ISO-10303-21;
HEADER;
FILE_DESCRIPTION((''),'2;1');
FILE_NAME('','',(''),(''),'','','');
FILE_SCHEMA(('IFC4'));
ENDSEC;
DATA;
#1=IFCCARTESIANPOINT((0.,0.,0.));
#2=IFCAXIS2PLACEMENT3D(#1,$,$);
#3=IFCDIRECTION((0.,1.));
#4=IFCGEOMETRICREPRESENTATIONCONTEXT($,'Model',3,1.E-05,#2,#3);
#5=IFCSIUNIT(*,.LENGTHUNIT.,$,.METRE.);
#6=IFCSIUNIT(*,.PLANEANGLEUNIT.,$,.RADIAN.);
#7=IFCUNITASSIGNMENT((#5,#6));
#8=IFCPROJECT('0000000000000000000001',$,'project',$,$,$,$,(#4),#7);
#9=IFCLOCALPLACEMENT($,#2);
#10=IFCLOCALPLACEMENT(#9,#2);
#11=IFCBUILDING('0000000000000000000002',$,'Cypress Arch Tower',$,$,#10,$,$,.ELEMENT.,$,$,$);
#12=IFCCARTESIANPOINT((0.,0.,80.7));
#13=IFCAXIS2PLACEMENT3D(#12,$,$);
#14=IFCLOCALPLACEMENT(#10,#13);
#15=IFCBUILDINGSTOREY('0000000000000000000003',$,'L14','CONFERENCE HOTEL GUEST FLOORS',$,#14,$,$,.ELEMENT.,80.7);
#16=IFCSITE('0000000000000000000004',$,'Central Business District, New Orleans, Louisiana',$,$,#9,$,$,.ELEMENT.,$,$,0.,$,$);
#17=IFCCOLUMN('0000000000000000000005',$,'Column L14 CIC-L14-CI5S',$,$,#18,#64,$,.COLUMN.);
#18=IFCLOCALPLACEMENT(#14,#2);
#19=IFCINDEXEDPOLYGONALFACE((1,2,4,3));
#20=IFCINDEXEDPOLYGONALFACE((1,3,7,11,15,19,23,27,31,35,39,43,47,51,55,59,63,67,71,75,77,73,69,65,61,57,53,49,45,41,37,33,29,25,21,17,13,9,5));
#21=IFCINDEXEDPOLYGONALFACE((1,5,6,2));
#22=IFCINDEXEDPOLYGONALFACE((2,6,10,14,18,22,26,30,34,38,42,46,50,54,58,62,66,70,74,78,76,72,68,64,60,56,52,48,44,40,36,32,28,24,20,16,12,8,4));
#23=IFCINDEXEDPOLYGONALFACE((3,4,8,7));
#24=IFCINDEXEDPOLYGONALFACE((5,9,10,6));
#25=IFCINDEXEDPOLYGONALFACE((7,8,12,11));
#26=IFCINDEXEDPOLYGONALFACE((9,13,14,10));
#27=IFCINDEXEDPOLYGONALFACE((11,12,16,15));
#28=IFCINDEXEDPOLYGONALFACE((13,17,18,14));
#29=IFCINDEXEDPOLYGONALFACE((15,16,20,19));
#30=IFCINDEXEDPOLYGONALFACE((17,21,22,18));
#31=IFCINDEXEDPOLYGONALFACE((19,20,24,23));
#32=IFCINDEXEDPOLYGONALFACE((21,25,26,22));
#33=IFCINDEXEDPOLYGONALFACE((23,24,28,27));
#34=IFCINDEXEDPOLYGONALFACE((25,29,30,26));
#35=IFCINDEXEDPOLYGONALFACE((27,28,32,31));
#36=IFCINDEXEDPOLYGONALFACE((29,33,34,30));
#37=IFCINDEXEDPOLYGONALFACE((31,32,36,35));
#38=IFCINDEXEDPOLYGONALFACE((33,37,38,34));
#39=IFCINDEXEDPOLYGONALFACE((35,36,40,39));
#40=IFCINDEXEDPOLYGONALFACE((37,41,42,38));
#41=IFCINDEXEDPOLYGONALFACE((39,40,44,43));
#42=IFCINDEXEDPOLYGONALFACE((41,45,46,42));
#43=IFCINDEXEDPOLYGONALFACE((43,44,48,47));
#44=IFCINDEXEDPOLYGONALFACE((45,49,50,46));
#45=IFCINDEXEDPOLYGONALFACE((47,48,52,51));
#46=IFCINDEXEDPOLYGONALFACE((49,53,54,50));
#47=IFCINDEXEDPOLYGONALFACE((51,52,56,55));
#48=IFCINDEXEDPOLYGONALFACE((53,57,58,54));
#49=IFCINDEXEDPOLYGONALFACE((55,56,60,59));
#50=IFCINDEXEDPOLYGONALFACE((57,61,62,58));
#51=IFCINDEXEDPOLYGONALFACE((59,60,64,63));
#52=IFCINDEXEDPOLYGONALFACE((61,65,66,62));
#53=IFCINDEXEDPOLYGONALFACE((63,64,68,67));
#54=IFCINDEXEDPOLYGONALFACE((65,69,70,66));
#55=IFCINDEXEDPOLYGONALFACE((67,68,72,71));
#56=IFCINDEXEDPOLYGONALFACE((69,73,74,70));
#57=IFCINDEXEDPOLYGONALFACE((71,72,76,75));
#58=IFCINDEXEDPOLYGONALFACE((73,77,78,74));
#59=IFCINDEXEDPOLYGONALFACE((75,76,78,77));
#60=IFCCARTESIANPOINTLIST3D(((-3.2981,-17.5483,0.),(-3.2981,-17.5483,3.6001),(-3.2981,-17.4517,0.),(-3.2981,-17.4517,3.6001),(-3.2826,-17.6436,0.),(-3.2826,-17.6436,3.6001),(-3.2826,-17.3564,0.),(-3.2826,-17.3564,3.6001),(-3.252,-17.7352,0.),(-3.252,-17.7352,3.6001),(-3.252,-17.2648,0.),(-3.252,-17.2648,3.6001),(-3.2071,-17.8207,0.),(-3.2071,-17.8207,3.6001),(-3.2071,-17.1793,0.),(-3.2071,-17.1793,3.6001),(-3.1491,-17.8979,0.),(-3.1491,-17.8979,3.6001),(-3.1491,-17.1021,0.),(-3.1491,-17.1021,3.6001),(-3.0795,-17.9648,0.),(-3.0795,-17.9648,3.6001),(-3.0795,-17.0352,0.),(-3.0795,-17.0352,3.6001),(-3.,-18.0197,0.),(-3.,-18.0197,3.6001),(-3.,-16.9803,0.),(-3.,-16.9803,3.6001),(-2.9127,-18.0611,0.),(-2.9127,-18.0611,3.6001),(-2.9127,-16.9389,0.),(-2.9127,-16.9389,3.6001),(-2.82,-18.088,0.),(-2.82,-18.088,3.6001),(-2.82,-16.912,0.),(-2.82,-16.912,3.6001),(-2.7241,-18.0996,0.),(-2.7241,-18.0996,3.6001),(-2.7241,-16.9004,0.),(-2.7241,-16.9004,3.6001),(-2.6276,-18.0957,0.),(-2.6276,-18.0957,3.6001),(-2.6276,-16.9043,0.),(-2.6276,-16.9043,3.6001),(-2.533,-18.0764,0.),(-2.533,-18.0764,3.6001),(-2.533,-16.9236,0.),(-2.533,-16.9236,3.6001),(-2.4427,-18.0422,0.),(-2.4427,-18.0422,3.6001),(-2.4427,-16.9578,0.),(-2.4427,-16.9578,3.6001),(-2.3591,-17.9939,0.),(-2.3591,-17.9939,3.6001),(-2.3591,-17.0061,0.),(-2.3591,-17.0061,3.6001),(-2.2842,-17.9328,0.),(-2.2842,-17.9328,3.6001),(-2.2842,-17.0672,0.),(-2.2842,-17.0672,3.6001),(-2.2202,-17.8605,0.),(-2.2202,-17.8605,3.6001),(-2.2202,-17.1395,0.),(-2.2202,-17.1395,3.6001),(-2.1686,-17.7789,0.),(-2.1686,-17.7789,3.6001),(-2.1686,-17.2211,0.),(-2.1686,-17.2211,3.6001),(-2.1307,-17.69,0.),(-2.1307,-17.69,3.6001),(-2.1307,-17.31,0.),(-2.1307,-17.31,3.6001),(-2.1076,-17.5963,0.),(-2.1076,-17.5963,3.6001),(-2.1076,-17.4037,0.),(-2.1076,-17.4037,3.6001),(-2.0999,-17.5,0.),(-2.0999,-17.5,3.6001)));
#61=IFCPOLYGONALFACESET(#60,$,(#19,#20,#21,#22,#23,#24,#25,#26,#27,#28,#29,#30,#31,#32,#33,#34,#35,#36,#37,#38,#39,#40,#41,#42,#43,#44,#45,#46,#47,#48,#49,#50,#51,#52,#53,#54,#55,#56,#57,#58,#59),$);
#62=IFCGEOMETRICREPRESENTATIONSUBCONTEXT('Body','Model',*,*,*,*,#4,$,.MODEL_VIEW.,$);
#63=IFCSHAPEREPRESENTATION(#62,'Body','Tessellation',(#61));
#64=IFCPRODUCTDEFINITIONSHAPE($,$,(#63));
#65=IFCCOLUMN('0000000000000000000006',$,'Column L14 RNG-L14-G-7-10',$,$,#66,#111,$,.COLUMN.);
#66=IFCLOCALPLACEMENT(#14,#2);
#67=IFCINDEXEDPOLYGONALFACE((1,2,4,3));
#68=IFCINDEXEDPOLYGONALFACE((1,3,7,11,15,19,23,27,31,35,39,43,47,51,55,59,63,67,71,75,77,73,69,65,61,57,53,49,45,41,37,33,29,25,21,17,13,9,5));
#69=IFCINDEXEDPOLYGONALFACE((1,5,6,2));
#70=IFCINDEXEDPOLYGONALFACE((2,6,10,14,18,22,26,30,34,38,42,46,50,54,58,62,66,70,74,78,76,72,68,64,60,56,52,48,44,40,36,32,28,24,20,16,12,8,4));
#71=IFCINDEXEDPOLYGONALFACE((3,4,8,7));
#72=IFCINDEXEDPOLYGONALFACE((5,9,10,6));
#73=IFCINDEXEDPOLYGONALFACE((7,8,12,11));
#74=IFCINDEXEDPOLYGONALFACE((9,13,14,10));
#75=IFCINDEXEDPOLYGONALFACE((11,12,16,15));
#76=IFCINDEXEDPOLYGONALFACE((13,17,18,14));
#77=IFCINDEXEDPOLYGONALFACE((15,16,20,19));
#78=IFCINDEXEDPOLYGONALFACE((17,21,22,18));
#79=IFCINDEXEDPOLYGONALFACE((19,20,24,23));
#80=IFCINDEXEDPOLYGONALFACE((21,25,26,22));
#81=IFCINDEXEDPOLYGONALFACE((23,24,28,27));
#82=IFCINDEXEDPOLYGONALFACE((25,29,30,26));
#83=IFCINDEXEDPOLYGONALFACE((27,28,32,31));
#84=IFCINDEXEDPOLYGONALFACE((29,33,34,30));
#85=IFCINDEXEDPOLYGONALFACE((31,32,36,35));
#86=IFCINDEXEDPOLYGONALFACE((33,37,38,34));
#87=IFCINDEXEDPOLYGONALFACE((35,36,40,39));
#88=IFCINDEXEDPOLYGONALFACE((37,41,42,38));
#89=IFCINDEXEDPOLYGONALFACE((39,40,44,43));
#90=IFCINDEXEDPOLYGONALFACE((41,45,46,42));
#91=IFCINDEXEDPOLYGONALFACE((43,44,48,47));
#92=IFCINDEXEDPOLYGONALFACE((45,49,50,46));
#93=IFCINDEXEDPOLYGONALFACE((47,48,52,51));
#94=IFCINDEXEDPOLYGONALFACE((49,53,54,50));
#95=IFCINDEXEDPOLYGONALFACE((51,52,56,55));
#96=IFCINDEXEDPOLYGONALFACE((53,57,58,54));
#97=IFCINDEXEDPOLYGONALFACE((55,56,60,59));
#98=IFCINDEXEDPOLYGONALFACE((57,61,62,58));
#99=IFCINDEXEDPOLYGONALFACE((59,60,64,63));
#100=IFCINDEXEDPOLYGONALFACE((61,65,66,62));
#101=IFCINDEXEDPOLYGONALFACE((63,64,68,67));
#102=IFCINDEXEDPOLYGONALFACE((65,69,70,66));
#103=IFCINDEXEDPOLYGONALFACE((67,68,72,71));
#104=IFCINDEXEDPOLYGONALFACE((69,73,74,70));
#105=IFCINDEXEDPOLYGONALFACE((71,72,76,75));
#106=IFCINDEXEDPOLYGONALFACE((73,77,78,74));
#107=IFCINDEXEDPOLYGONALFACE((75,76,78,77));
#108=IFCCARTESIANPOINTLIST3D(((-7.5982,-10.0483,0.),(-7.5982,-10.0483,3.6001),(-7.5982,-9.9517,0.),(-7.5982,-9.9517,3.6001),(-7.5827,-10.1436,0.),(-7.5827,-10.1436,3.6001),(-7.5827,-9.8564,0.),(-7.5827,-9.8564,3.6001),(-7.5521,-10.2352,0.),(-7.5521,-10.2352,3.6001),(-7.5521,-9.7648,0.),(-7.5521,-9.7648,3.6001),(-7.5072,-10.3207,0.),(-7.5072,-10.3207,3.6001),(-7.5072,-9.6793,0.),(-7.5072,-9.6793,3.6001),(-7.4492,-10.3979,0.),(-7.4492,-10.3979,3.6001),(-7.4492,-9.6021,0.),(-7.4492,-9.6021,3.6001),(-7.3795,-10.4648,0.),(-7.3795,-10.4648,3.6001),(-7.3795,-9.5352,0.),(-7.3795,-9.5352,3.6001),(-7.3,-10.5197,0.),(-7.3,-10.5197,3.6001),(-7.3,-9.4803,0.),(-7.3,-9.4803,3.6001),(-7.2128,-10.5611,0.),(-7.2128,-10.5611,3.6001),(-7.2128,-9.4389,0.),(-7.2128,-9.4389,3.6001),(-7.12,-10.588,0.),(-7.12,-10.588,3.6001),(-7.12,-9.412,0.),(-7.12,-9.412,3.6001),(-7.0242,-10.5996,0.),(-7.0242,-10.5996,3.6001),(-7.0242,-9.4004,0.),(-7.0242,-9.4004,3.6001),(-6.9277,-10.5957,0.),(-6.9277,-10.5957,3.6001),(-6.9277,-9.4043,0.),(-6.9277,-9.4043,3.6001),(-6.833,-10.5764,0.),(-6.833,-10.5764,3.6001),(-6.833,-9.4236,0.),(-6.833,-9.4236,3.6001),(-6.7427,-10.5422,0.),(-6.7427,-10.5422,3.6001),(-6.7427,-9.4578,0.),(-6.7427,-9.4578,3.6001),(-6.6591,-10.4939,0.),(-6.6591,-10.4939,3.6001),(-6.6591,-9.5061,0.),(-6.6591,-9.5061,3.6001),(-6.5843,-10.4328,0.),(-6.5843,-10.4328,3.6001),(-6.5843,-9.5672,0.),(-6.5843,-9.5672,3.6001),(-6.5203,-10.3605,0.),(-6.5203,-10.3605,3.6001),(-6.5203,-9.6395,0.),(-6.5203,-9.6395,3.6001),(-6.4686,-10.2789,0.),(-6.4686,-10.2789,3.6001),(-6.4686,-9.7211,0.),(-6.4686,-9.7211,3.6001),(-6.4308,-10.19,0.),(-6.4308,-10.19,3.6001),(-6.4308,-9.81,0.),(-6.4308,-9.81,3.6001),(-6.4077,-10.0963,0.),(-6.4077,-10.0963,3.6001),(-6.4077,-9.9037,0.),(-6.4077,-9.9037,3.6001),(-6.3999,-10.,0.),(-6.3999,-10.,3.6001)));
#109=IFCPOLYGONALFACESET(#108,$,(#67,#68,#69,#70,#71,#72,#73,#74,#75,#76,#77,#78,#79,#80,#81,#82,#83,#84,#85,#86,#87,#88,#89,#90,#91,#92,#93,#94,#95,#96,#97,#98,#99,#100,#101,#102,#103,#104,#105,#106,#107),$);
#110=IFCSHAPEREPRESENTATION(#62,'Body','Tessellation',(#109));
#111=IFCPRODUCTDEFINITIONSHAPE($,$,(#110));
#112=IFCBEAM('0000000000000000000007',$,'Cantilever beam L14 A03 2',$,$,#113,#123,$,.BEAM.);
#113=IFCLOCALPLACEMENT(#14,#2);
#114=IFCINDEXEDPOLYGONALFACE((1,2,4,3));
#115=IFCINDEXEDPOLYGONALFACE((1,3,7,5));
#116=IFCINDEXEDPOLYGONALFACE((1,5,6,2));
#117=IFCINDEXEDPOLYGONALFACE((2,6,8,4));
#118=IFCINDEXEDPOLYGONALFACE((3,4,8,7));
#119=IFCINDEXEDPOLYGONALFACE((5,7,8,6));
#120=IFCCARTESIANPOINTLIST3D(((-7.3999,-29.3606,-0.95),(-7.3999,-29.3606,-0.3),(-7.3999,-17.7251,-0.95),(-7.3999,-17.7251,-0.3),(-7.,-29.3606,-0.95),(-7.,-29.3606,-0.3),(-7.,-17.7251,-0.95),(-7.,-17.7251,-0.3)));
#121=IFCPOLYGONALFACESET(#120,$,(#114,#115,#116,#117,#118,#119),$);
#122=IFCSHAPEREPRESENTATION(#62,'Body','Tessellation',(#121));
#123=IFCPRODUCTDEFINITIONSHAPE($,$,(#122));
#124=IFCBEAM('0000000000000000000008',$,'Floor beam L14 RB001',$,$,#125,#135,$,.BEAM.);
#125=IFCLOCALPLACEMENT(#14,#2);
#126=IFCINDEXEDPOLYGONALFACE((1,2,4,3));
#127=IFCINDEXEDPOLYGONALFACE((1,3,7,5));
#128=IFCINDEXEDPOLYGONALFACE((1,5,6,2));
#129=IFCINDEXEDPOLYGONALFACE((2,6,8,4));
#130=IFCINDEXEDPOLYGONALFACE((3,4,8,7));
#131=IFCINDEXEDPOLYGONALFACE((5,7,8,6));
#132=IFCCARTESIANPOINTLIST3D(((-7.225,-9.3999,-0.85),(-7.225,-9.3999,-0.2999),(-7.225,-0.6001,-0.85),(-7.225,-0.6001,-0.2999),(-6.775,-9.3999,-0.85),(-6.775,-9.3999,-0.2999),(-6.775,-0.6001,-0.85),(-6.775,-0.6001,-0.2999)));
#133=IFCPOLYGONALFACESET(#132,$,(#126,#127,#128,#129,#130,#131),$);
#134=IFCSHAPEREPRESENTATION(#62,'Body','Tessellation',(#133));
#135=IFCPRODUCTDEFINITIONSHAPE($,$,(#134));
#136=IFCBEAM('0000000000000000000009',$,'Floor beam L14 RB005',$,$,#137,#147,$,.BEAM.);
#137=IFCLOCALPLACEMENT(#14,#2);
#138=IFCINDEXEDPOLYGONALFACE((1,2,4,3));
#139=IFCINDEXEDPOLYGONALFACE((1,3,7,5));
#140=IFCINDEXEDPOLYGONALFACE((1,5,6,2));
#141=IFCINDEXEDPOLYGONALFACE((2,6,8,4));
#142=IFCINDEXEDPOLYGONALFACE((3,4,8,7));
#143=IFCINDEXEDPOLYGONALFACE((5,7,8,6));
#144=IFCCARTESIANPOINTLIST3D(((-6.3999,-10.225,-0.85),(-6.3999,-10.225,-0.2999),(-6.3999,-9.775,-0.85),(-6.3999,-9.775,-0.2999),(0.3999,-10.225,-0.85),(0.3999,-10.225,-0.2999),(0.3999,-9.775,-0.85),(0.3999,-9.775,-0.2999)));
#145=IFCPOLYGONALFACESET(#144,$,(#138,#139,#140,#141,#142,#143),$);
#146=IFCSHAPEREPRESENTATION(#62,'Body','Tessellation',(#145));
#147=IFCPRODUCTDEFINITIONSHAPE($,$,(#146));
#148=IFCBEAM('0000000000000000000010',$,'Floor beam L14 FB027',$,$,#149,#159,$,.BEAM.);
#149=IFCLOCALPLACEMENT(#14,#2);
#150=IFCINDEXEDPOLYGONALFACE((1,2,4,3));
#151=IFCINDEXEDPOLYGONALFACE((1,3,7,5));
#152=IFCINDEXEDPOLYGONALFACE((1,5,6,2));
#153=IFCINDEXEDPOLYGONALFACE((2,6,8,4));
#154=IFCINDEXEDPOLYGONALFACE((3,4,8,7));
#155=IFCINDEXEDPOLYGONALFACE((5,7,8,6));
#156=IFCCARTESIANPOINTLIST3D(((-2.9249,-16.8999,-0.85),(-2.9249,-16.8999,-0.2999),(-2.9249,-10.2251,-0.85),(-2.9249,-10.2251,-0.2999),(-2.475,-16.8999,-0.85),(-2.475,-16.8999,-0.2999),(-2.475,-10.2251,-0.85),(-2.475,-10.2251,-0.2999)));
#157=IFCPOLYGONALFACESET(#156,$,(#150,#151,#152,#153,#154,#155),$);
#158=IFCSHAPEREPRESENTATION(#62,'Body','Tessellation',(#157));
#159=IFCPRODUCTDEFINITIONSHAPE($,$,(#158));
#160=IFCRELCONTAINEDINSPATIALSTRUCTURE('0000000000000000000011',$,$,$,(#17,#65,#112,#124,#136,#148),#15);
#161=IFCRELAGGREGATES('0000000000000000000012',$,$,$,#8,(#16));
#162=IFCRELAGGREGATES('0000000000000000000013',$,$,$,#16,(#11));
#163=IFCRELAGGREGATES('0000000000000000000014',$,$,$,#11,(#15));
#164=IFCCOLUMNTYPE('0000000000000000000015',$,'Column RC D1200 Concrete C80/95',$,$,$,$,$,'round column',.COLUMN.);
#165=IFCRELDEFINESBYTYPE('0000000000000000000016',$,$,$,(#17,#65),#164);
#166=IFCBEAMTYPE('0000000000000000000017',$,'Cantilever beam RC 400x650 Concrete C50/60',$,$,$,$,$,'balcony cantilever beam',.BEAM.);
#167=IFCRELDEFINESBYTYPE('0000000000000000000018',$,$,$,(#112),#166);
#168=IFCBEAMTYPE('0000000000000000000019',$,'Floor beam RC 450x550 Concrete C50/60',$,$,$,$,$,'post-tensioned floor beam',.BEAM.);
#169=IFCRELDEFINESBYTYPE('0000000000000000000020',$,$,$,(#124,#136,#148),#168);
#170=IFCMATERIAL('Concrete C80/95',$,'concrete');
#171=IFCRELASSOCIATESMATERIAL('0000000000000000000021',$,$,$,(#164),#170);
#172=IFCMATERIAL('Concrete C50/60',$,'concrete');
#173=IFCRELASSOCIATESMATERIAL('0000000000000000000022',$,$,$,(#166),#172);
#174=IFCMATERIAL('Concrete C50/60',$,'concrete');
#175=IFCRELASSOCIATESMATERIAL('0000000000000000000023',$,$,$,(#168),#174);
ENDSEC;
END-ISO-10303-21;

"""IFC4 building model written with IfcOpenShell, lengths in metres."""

from ifc_helpers import new_model, si_unit, direction, frame, origin, origin_2d, place, context, subcontext, project, spatial, rectangle, circle, extrude, material, material_profile, profile_set, type_object, element, save


model = new_model("IFC4")

# Units and contexts
model_context = context("Model", 3, precision=1e-05, world=origin(), true_north=direction((0.0, 1.0)))
body_context = subcontext(model_context, "Body", "Model", "MODEL_VIEW")
ifc_project = project(units=[si_unit("LENGTHUNIT", "METRE"), si_unit("PLANEANGLEUNIT", "RADIAN")], contexts=[model_context])

# Site, building, storey
site_placement = place(None, origin())
site = spatial("IfcSite", under=ifc_project, at=site_placement, Name="Central Business District, New Orleans, Louisiana", CompositionType="ELEMENT", RefElevation=0.0)
building_placement = place(site_placement, origin())
building = spatial("IfcBuilding", under=site, at=building_placement, Name="Cypress Arch Tower", CompositionType="ELEMENT")
storey_placement = place(building_placement, frame((0.0, 0.0, 80.7)))
storey = spatial("IfcBuildingStorey", under=building, at=storey_placement, Name="L14", Description="CONFERENCE HOTEL GUEST FLOORS", CompositionType="ELEMENT", Elevation=80.7)

# Columns
ifc_material_1 = material(Name="Concrete C80/95", Category="concrete")
ifc_material_profile_1 = material_profile(ifc_material_1, circle(Radius=0.6001, at=origin_2d()), Name="RC D1200")
ifc_profile_set_1 = profile_set([ifc_material_profile_1], Name="Concrete C80/95")
column_type = type_object("IfcColumnType", Name="Column RC D1200 Concrete C80/95", ElementType="round column", PredefinedType="COLUMN", material=ifc_profile_set_1)
for number, where, z_axis, x_axis, name in (
    (1, (-2.7, -17.5, 0.0), (0.0, 0.0, 1.0), (1.0, 0.0, 0.0), "Column L14 CIC-L14-CI5S"),
    (2, (-7.0, -10.0, 0.0), (0.0, 0.0, 1.0), (1.0, 0.0, 0.0), "Column L14 RNG-L14-G-7-10"),
):
    element("IfcColumn", number, at=place(storey_placement, frame(where, z_axis=z_axis, x_axis=x_axis)), inside=storey, type_object=column_type, Name=name, PredefinedType="COLUMN", context=body_context, shape_type="SweptSolid", body=[
        extrude(circle(Radius=0.6001, at=origin_2d()), origin(), (0.0, 0.0, 1.0), 3.6001),
    ])

# Beams
ifc_material_2 = material(Name="Concrete C50/60", Category="concrete")
ifc_material_profile_2 = material_profile(ifc_material_2, rectangle(XDim=0.3999, YDim=0.6499, at=origin_2d()), Name="RC 400x650")
ifc_profile_set_2 = profile_set([ifc_material_profile_2], Name="Concrete C50/60")
beam_type_1 = type_object("IfcBeamType", Name="Cantilever beam RC 400x650 Concrete C50/60", ElementType="balcony cantilever beam", PredefinedType="BEAM", material=ifc_profile_set_2)
beam_1_placement = place(storey_placement, frame((-7.2, -17.7251, -0.625), z_axis=(0.0, -1.0, 0.0), x_axis=(1.0, 0.0, 0.0)))
element("IfcBeam", 3, at=beam_1_placement, inside=storey, type_object=beam_type_1, Name="Cantilever beam L14 A03 2", PredefinedType="BEAM", context=body_context, shape_type="SweptSolid", body=[
    extrude(rectangle(XDim=0.3999, YDim=0.6499, at=origin_2d()), origin(), (0.0, 0.0, 1.0), 11.6355),
])
ifc_material_3 = material(Name="Concrete C50/60", Category="concrete")
ifc_material_profile_3 = material_profile(ifc_material_3, rectangle(XDim=0.45, YDim=0.55, at=origin_2d()), Name="RC 450x550")
ifc_profile_set_3 = profile_set([ifc_material_profile_3], Name="Concrete C50/60")
beam_type_2 = type_object("IfcBeamType", Name="Floor beam RC 450x550 Concrete C50/60", ElementType="post-tensioned floor beam", PredefinedType="BEAM", material=ifc_profile_set_3)
beam_2_placement = place(storey_placement, frame((-7.0, -9.3999, -0.575), z_axis=(0.0, 1.0, 0.0), x_axis=(-1.0, 0.0, 0.0)))
element("IfcBeam", 4, at=beam_2_placement, inside=storey, type_object=beam_type_2, Name="Floor beam L14 RB001", PredefinedType="BEAM", context=body_context, shape_type="SweptSolid", body=[
    extrude(rectangle(XDim=0.45, YDim=0.55, at=origin_2d()), origin(), (0.0, 0.0, 1.0), 8.7998),
])
beam_3_placement = place(storey_placement, frame((-6.3999, -10.0, -0.575), z_axis=(1.0, 0.0, 0.0), x_axis=(0.0, 1.0, 0.0)))
element("IfcBeam", 5, at=beam_3_placement, inside=storey, type_object=beam_type_2, Name="Floor beam L14 RB005", PredefinedType="BEAM", context=body_context, shape_type="SweptSolid", body=[
    extrude(rectangle(XDim=0.45, YDim=0.55, at=origin_2d()), origin(), (0.0, 0.0, 1.0), 6.7998),
])
beam_4_placement = place(storey_placement, frame((-2.7, -16.8999, -0.575), z_axis=(0.0, 1.0, 0.0), x_axis=(-1.0, 0.0, 0.0)))
element("IfcBeam", 6, at=beam_4_placement, inside=storey, type_object=beam_type_2, Name="Floor beam L14 FB027", PredefinedType="BEAM", context=body_context, shape_type="SweptSolid", body=[
    extrude(rectangle(XDim=0.45, YDim=0.55, at=origin_2d()), origin(), (0.0, 0.0, 1.0), 6.6748),
])

save(model, "model.ifc")
